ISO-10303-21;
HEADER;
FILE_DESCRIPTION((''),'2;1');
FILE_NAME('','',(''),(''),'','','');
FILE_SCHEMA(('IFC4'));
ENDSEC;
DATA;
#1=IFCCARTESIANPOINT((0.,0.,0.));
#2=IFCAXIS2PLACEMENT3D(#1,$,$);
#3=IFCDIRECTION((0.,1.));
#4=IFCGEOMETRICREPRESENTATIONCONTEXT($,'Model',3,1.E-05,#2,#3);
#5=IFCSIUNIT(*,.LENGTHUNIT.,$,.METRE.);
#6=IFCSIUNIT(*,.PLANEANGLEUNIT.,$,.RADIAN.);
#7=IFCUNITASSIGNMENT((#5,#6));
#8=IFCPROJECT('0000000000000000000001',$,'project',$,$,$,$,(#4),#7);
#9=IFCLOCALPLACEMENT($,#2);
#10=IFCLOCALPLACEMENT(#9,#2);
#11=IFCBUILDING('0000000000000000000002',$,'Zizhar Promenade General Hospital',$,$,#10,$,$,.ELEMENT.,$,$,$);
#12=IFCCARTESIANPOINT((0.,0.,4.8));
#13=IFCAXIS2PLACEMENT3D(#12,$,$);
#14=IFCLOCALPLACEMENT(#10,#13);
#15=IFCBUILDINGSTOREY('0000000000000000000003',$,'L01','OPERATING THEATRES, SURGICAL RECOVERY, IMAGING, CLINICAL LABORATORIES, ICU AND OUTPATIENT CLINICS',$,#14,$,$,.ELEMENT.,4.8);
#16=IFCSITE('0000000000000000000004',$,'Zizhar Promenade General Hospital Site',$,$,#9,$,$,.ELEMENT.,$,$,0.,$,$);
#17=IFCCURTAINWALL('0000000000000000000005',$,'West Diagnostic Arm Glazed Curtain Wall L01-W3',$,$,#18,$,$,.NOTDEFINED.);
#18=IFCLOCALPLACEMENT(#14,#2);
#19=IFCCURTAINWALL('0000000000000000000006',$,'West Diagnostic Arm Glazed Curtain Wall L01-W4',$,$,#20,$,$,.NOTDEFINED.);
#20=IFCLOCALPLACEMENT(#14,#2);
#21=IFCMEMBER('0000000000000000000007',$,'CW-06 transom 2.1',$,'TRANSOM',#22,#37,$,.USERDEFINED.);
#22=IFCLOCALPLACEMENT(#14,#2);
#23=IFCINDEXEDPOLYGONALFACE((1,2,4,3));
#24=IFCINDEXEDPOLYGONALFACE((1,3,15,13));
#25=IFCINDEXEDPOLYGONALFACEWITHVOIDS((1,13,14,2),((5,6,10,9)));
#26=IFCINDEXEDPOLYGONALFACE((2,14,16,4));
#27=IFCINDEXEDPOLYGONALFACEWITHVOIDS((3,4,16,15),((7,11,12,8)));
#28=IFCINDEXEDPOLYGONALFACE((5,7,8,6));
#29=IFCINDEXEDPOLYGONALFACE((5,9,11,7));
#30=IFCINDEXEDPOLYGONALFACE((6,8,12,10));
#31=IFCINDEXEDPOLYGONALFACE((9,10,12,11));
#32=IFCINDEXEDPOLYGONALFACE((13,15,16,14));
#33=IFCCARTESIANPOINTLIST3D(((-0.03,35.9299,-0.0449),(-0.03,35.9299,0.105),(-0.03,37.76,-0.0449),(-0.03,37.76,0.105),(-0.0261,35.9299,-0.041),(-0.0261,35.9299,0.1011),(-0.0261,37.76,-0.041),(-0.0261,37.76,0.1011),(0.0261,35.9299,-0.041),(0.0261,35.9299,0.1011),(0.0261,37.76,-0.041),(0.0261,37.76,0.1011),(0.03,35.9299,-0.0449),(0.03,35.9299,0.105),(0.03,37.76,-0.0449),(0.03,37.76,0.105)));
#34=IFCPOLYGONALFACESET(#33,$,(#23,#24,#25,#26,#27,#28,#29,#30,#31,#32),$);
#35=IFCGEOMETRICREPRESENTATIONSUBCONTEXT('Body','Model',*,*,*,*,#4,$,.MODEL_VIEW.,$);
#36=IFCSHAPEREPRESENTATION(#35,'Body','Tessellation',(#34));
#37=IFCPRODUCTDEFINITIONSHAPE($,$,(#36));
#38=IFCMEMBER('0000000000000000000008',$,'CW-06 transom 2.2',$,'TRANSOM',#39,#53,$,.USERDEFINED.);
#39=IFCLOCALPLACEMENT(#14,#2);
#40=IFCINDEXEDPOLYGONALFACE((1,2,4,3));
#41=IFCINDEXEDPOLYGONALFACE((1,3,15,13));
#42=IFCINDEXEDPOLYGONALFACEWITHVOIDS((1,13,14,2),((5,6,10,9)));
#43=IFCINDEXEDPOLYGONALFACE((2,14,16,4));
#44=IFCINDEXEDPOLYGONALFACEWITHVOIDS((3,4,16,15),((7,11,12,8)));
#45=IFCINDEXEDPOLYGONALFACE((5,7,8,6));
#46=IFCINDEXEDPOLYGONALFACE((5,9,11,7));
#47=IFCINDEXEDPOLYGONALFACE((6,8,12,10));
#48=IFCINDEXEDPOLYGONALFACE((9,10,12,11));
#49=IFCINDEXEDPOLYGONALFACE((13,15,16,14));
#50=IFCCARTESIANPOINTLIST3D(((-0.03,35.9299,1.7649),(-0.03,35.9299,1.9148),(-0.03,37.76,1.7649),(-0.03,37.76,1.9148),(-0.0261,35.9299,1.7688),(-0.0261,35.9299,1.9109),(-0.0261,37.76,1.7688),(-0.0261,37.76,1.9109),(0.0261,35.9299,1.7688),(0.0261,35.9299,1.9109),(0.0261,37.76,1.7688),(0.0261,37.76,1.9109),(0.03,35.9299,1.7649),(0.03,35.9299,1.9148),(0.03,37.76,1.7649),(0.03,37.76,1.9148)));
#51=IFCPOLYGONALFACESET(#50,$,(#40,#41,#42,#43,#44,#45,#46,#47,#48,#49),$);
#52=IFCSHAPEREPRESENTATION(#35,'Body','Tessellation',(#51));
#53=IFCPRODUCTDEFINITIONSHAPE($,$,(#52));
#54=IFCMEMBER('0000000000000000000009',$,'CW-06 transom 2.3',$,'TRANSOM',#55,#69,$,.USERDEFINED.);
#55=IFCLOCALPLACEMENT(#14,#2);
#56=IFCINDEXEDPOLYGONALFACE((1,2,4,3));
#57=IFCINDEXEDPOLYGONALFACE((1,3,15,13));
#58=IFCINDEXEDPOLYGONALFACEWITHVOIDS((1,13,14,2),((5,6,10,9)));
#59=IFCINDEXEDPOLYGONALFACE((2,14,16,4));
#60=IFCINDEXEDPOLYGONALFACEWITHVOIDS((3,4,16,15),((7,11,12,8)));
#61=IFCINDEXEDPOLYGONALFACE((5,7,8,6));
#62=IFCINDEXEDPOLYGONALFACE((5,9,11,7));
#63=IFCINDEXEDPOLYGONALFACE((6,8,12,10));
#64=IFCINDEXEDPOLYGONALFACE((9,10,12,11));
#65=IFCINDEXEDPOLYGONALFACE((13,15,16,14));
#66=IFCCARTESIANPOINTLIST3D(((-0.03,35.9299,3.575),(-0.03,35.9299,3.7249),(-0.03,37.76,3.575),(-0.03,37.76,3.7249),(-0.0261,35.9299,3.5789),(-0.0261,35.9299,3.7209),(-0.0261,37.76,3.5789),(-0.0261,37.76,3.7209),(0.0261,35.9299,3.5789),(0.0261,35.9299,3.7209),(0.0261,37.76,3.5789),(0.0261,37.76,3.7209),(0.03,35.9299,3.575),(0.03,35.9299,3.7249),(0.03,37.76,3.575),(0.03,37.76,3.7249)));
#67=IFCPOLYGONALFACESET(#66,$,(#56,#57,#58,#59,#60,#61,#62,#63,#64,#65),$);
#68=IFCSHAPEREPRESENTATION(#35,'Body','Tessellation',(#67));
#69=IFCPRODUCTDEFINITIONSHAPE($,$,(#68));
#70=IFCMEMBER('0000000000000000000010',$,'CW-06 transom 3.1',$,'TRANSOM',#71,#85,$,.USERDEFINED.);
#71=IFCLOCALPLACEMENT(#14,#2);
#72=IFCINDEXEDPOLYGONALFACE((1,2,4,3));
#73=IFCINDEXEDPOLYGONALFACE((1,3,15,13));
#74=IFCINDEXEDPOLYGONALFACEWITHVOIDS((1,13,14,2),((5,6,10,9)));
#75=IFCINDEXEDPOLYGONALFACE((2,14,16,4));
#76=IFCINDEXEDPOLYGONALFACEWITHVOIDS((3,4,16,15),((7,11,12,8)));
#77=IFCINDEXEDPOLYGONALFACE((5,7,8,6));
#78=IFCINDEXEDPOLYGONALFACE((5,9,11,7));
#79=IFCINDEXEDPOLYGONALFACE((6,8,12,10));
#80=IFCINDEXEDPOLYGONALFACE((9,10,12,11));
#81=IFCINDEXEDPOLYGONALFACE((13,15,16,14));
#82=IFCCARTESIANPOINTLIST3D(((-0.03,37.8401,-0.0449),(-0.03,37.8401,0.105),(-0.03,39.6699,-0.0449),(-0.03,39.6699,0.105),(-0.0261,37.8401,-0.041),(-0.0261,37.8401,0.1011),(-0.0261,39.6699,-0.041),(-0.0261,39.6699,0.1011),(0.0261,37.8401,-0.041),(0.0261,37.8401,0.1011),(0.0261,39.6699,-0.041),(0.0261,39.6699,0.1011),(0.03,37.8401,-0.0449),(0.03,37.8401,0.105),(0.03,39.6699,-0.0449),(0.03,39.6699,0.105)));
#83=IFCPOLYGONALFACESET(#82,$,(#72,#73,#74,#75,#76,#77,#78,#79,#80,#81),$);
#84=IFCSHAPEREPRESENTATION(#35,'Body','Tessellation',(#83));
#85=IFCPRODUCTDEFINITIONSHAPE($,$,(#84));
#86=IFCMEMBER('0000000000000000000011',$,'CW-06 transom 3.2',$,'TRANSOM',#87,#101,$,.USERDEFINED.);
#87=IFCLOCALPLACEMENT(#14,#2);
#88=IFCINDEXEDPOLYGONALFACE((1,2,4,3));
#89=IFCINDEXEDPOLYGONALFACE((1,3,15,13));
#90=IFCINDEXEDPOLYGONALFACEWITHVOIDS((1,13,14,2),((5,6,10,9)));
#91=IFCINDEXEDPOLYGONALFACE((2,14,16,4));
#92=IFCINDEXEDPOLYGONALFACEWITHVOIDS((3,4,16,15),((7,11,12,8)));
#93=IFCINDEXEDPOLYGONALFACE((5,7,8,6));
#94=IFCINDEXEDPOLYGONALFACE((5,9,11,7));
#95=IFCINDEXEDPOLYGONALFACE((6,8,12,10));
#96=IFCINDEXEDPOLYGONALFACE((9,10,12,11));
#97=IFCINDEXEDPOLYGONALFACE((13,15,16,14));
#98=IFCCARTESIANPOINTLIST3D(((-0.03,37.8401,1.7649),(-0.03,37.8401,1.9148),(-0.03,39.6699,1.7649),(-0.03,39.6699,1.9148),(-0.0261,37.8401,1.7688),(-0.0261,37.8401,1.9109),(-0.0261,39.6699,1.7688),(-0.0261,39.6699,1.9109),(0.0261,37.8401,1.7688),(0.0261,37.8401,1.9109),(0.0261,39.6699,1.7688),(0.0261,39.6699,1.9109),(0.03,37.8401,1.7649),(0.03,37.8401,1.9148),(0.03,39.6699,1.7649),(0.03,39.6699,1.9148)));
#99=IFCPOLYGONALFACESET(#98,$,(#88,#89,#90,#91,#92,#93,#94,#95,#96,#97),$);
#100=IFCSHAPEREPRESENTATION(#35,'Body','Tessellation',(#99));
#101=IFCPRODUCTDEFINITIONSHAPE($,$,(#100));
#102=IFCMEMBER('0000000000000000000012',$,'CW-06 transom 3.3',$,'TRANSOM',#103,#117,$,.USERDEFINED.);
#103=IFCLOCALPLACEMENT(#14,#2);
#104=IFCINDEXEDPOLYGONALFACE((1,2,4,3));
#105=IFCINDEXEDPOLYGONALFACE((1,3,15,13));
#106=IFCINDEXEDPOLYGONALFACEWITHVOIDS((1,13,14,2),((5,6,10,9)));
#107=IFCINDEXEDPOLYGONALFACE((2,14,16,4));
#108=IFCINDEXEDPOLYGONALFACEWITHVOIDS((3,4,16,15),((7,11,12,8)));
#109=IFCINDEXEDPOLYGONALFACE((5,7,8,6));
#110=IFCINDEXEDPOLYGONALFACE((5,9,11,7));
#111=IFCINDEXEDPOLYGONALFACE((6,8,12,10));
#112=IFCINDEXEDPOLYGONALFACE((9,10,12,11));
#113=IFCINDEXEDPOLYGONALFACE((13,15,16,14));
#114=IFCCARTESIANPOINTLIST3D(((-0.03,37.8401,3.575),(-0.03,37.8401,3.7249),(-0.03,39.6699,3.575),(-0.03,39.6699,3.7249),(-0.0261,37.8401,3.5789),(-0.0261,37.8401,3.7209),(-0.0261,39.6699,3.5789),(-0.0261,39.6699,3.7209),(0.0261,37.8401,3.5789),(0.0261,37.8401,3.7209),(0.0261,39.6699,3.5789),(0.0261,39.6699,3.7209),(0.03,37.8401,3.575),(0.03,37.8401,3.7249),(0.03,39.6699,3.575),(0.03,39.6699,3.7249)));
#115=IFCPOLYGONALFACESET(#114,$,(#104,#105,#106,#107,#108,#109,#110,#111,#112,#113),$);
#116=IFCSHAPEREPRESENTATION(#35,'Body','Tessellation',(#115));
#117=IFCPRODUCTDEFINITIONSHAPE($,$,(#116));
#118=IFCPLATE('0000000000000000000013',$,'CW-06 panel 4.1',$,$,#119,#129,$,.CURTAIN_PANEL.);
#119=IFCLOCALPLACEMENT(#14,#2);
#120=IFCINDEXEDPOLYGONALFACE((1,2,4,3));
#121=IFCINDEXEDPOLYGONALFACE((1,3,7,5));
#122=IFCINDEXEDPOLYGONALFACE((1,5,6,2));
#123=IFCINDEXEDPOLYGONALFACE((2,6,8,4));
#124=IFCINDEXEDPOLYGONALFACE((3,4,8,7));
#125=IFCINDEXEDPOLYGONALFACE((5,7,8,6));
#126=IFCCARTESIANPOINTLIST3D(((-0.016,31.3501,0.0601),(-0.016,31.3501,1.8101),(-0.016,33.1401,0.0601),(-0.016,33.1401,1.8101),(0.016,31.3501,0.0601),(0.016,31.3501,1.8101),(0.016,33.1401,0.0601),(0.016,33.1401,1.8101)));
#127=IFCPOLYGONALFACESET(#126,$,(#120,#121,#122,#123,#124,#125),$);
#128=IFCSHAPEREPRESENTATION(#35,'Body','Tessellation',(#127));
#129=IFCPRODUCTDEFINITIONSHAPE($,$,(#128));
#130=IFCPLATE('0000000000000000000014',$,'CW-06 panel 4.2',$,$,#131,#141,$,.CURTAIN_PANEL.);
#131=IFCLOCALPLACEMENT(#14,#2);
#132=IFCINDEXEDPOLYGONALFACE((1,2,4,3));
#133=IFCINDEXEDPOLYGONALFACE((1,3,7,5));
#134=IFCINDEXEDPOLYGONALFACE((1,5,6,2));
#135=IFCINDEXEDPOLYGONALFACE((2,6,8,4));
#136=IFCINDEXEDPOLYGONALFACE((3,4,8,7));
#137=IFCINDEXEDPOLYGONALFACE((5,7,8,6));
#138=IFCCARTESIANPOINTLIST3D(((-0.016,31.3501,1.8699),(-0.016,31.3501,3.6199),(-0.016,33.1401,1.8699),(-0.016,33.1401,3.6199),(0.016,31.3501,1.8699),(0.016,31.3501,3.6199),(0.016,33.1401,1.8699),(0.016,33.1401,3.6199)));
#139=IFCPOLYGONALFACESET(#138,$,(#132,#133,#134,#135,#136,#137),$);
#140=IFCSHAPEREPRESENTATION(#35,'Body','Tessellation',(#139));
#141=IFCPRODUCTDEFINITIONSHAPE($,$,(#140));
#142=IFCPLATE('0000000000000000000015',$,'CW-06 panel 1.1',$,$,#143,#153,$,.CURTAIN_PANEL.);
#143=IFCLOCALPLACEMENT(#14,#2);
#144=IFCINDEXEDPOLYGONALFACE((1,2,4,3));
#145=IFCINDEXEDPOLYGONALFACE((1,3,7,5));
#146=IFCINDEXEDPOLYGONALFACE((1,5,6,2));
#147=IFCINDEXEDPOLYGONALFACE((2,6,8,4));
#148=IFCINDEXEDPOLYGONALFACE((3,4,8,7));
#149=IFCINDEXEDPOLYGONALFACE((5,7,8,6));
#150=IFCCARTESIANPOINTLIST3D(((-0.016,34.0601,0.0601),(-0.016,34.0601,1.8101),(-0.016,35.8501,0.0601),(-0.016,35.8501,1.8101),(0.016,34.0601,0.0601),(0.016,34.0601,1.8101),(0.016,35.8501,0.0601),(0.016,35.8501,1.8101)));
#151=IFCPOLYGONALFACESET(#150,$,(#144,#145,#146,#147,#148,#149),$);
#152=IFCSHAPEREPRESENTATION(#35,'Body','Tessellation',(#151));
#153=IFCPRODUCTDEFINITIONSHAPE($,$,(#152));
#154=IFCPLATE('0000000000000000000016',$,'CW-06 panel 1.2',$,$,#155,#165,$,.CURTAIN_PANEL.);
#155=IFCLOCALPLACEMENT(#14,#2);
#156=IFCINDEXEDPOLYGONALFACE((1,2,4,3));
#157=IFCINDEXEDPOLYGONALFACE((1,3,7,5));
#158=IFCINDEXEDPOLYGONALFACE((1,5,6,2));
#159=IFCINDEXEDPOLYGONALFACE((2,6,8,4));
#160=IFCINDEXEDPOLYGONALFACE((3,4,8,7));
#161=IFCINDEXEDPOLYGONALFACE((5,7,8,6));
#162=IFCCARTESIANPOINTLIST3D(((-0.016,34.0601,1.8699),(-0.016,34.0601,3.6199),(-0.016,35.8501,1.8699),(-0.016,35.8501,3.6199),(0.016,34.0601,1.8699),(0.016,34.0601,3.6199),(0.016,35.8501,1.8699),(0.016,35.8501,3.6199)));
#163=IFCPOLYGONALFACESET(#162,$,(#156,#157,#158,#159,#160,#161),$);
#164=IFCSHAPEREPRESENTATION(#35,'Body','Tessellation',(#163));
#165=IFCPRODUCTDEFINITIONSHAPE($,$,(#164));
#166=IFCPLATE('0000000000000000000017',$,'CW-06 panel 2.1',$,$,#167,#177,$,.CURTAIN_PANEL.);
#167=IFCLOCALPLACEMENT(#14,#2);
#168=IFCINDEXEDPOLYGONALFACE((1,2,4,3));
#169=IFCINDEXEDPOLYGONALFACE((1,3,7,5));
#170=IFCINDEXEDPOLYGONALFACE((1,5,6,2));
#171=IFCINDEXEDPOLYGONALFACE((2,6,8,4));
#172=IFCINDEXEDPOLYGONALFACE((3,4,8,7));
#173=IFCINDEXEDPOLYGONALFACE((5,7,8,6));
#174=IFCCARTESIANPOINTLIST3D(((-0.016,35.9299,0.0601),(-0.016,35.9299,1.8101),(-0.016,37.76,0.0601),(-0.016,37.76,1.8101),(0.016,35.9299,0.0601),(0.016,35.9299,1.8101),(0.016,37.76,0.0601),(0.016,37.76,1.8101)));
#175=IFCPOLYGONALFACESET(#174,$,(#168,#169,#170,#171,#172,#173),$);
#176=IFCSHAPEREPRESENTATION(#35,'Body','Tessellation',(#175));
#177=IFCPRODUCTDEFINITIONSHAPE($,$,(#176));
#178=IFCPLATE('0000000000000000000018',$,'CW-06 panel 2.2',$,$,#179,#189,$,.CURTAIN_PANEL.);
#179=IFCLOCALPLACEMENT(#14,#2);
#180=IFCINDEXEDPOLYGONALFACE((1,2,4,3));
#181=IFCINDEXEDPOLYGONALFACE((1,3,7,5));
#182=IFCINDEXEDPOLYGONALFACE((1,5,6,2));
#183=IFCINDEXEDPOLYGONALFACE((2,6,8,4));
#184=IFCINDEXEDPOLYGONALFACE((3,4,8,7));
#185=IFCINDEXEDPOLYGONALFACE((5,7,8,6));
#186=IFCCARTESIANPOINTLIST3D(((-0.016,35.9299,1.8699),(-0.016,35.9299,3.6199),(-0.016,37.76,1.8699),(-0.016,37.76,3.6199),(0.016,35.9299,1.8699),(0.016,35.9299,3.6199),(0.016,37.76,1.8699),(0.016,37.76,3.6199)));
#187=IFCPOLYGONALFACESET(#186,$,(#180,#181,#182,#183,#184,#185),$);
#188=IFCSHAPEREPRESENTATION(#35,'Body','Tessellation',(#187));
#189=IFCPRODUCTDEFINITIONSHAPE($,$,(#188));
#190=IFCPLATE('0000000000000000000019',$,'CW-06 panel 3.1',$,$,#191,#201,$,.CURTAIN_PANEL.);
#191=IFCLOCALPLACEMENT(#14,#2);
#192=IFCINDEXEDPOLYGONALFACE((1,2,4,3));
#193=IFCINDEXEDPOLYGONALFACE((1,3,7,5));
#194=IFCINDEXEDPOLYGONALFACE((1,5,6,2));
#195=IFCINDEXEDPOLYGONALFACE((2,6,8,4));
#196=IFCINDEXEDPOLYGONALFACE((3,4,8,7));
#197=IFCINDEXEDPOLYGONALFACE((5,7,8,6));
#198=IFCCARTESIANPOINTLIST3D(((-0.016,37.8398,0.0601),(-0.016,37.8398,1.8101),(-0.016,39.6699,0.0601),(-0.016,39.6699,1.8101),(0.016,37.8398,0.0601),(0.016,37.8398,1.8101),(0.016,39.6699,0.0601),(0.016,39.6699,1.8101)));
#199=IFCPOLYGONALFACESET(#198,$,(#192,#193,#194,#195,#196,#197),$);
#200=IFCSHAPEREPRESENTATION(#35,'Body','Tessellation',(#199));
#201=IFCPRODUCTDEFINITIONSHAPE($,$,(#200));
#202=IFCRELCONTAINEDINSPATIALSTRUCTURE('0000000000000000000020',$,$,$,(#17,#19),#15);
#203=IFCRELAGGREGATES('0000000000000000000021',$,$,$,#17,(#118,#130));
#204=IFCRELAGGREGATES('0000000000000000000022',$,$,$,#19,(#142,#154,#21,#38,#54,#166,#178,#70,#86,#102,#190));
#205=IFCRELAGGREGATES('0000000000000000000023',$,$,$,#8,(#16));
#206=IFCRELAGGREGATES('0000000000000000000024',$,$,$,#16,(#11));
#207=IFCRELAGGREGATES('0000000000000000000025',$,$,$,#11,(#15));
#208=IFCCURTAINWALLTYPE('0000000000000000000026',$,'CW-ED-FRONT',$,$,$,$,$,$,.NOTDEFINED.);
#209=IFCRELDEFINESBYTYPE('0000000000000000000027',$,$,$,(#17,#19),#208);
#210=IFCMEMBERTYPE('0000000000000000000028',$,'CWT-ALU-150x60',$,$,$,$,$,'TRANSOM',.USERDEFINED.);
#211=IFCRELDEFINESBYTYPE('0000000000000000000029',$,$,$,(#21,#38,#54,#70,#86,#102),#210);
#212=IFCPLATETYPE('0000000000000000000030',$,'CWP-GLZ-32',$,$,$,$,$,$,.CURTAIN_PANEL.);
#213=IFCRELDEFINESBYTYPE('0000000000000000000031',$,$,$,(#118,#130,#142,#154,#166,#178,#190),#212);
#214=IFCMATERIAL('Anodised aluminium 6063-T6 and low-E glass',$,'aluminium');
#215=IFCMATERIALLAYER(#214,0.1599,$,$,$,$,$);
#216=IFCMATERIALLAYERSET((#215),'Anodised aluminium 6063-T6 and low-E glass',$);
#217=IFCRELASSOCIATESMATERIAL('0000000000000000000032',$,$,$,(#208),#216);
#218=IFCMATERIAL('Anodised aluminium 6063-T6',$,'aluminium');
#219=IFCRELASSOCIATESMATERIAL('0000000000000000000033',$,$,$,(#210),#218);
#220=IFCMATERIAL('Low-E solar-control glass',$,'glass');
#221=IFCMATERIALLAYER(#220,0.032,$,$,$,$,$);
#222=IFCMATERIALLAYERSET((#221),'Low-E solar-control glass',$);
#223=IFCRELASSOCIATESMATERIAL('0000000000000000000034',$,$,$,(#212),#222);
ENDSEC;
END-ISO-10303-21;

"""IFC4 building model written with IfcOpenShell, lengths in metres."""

from ifc_helpers import new_model, si_unit, direction, frame, origin, origin_2d, place, context, subcontext, project, spatial, rectangle, hollow_rectangle, extrude, material, layer, layer_set, material_profile, profile_set, type_object, element, aggregate, save


model = new_model("IFC4")

# Units and contexts
model_context = context("Model", 3, precision=1e-05, world=origin(), true_north=direction((0.0, 1.0)))
body_context = subcontext(model_context, "Body", "Model", "MODEL_VIEW")
ifc_project = project(units=[si_unit("LENGTHUNIT", "METRE"), si_unit("PLANEANGLEUNIT", "RADIAN")], contexts=[model_context])

# Site, building, storey
site_placement = place(None, origin())
site = spatial("IfcSite", under=ifc_project, at=site_placement, Name="Zizhar Promenade General Hospital Site", CompositionType="ELEMENT", RefElevation=0.0)
building_placement = place(site_placement, origin())
building = spatial("IfcBuilding", under=site, at=building_placement, Name="Zizhar Promenade General Hospital", CompositionType="ELEMENT")
storey_placement = place(building_placement, frame((0.0, 0.0, 4.8)))
storey = spatial("IfcBuildingStorey", under=building, at=storey_placement, Name="L01", Description="OPERATING THEATRES, SURGICAL RECOVERY, IMAGING, CLINICAL LABORATORIES, ICU AND OUTPATIENT CLINICS", CompositionType="ELEMENT", Elevation=4.8)

# Curtain wall
ifc_material_1 = material(Name="Anodised aluminium 6063-T6 and low-E glass", Category="aluminium")
ifc_layer_1 = layer(ifc_material_1, 0.1599)
ifc_layer_set_1 = layer_set([ifc_layer_1], Name="Anodised aluminium 6063-T6 and low-E glass")
curtain_wall_type = type_object("IfcCurtainWallType", Name="CW-ED-FRONT", PredefinedType="NOTDEFINED", material=ifc_layer_set_1)
curtain_wall_1_placement = place(storey_placement, origin())
curtain_wall_1 = element("IfcCurtainWall", 1, at=curtain_wall_1_placement, inside=storey, type_object=curtain_wall_type, Name="West Diagnostic Arm Glazed Curtain Wall L01-W3", PredefinedType="NOTDEFINED")

# Curtain wall
curtain_wall_2_placement = place(storey_placement, origin())
curtain_wall_2 = element("IfcCurtainWall", 2, at=curtain_wall_2_placement, inside=storey, type_object=curtain_wall_type, Name="West Diagnostic Arm Glazed Curtain Wall L01-W4", PredefinedType="NOTDEFINED")

# Members
ifc_material_2 = material(Name="Anodised aluminium 6063-T6", Category="aluminium")
ifc_material_profile_1 = material_profile(ifc_material_2, hollow_rectangle(XDim=0.0601, YDim=0.1499, WallThickness=0.0039, at=origin_2d()))
ifc_profile_set_1 = profile_set([ifc_material_profile_1], Name="Anodised aluminium 6063-T6")
member_type_1 = type_object("IfcMemberType", Name="CWT-ALU-150x60", ElementType="TRANSOM", PredefinedType="USERDEFINED", material=ifc_profile_set_1)
member_1_placement = place(storey_placement, frame((0.0, 35.9299, 0.03), z_axis=(0.0, 1.0, 0.0), x_axis=(-1.0, 0.0, 0.0)))
member_1 = element("IfcMember", 3, at=member_1_placement, type_object=member_type_1, Name="CW-06 transom 2.1", ObjectType="TRANSOM", PredefinedType="USERDEFINED", context=body_context, shape_type="SweptSolid", body=[
    extrude(hollow_rectangle(XDim=0.0601, YDim=0.1499, WallThickness=0.0039, at=origin_2d()), origin(), (0.0, 0.0, 1.0), 1.8301),
])
member_2_placement = place(storey_placement, frame((0.0, 35.9299, 1.8398), z_axis=(0.0, 1.0, 0.0), x_axis=(-1.0, 0.0, 0.0)))
member_2 = element("IfcMember", 4, at=member_2_placement, type_object=member_type_1, Name="CW-06 transom 2.2", ObjectType="TRANSOM", PredefinedType="USERDEFINED", context=body_context, shape_type="SweptSolid", body=[
    extrude(hollow_rectangle(XDim=0.0601, YDim=0.1499, WallThickness=0.0039, at=origin_2d()), origin(), (0.0, 0.0, 1.0), 1.8301),
])
member_3_placement = place(storey_placement, frame((0.0, 35.9299, 3.6499), z_axis=(0.0, 1.0, 0.0), x_axis=(-1.0, 0.0, 0.0)))
member_3 = element("IfcMember", 5, at=member_3_placement, type_object=member_type_1, Name="CW-06 transom 2.3", ObjectType="TRANSOM", PredefinedType="USERDEFINED", context=body_context, shape_type="SweptSolid", body=[
    extrude(hollow_rectangle(XDim=0.0601, YDim=0.1499, WallThickness=0.0039, at=origin_2d()), origin(), (0.0, 0.0, 1.0), 1.8301),
])
member_4_placement = place(storey_placement, frame((0.0, 37.8401, 0.03), z_axis=(0.0, 1.0, 0.0), x_axis=(-1.0, 0.0, 0.0)))
member_4 = element("IfcMember", 6, at=member_4_placement, type_object=member_type_1, Name="CW-06 transom 3.1", ObjectType="TRANSOM", PredefinedType="USERDEFINED", context=body_context, shape_type="SweptSolid", body=[
    extrude(hollow_rectangle(XDim=0.0601, YDim=0.1499, WallThickness=0.0039, at=origin_2d()), origin(), (0.0, 0.0, 1.0), 1.8298),
])
member_5_placement = place(storey_placement, frame((0.0, 37.8401, 1.8398), z_axis=(0.0, 1.0, 0.0), x_axis=(-1.0, 0.0, 0.0)))
member_5 = element("IfcMember", 7, at=member_5_placement, type_object=member_type_1, Name="CW-06 transom 3.2", ObjectType="TRANSOM", PredefinedType="USERDEFINED", context=body_context, shape_type="SweptSolid", body=[
    extrude(hollow_rectangle(XDim=0.0601, YDim=0.1499, WallThickness=0.0039, at=origin_2d()), origin(), (0.0, 0.0, 1.0), 1.8298),
])
member_6_placement = place(storey_placement, frame((0.0, 37.8401, 3.6499), z_axis=(0.0, 1.0, 0.0), x_axis=(-1.0, 0.0, 0.0)))
member_6 = element("IfcMember", 8, at=member_6_placement, type_object=member_type_1, Name="CW-06 transom 3.3", ObjectType="TRANSOM", PredefinedType="USERDEFINED", context=body_context, shape_type="SweptSolid", body=[
    extrude(hollow_rectangle(XDim=0.0601, YDim=0.1499, WallThickness=0.0039, at=origin_2d()), origin(), (0.0, 0.0, 1.0), 1.8298),
])

# Plates
ifc_material_3 = material(Name="Low-E solar-control glass", Category="glass")
ifc_layer_2 = layer(ifc_material_3, 0.032)
ifc_layer_set_2 = layer_set([ifc_layer_2], Name="Low-E solar-control glass")
plate_type = type_object("IfcPlateType", Name="CWP-GLZ-32", PredefinedType="CURTAIN_PANEL", material=ifc_layer_set_2)
plate_1_placement = place(storey_placement, frame((0.0, 32.2451, 0.0601), z_axis=(0.0, 0.0, 1.0), x_axis=(0.0, 1.0, 0.0)))
plate_1 = element("IfcPlate", 9, at=plate_1_placement, type_object=plate_type, Name="CW-06 panel 4.1", PredefinedType="CURTAIN_PANEL", context=body_context, shape_type="SweptSolid", body=[
    extrude(rectangle(XDim=1.79, YDim=0.032, at=origin_2d()), origin(), (0.0, 0.0, 1.0), 1.75),
])
plate_2_placement = place(storey_placement, frame((0.0, 32.2451, 1.8699), z_axis=(0.0, 0.0, 1.0), x_axis=(0.0, 1.0, 0.0)))
plate_2 = element("IfcPlate", 10, at=plate_2_placement, type_object=plate_type, Name="CW-06 panel 4.2", PredefinedType="CURTAIN_PANEL", context=body_context, shape_type="SweptSolid", body=[
    extrude(rectangle(XDim=1.79, YDim=0.032, at=origin_2d()), origin(), (0.0, 0.0, 1.0), 1.75),
])
aggregate(curtain_wall_1, [plate_1, plate_2])
plate_3_placement = place(storey_placement, frame((0.0, 34.9551, 0.0601), z_axis=(0.0, 0.0, 1.0), x_axis=(0.0, 1.0, 0.0)))
plate_3 = element("IfcPlate", 11, at=plate_3_placement, type_object=plate_type, Name="CW-06 panel 1.1", PredefinedType="CURTAIN_PANEL", context=body_context, shape_type="SweptSolid", body=[
    extrude(rectangle(XDim=1.79, YDim=0.032, at=origin_2d()), origin(), (0.0, 0.0, 1.0), 1.75),
])
plate_4_placement = place(storey_placement, frame((0.0, 34.9551, 1.8699), z_axis=(0.0, 0.0, 1.0), x_axis=(0.0, 1.0, 0.0)))
plate_4 = element("IfcPlate", 12, at=plate_4_placement, type_object=plate_type, Name="CW-06 panel 1.2", PredefinedType="CURTAIN_PANEL", context=body_context, shape_type="SweptSolid", body=[
    extrude(rectangle(XDim=1.79, YDim=0.032, at=origin_2d()), origin(), (0.0, 0.0, 1.0), 1.75),
])
plate_5_placement = place(storey_placement, frame((0.0, 36.845, 0.0601), z_axis=(0.0, 0.0, 1.0), x_axis=(0.0, 1.0, 0.0)))
plate_5 = element("IfcPlate", 13, at=plate_5_placement, type_object=plate_type, Name="CW-06 panel 2.1", PredefinedType="CURTAIN_PANEL", context=body_context, shape_type="SweptSolid", body=[
    extrude(rectangle(XDim=1.8301, YDim=0.032, at=origin_2d()), origin(), (0.0, 0.0, 1.0), 1.75),
])
plate_6_placement = place(storey_placement, frame((0.0, 36.845, 1.8699), z_axis=(0.0, 0.0, 1.0), x_axis=(0.0, 1.0, 0.0)))
plate_6 = element("IfcPlate", 14, at=plate_6_placement, type_object=plate_type, Name="CW-06 panel 2.2", PredefinedType="CURTAIN_PANEL", context=body_context, shape_type="SweptSolid", body=[
    extrude(rectangle(XDim=1.8301, YDim=0.032, at=origin_2d()), origin(), (0.0, 0.0, 1.0), 1.75),
])
plate_7_placement = place(storey_placement, frame((0.0, 38.7549, 0.0601), z_axis=(0.0, 0.0, 1.0), x_axis=(0.0, 1.0, 0.0)))
plate_7 = element("IfcPlate", 15, at=plate_7_placement, type_object=plate_type, Name="CW-06 panel 3.1", PredefinedType="CURTAIN_PANEL", context=body_context, shape_type="SweptSolid", body=[
    extrude(rectangle(XDim=1.8301, YDim=0.032, at=origin_2d()), origin(), (0.0, 0.0, 1.0), 1.75),
])
aggregate(curtain_wall_2, [plate_3, plate_4, member_1, member_2, member_3, plate_5, plate_6, member_4, member_5, member_6, plate_7])

save(model, "model.ifc")
